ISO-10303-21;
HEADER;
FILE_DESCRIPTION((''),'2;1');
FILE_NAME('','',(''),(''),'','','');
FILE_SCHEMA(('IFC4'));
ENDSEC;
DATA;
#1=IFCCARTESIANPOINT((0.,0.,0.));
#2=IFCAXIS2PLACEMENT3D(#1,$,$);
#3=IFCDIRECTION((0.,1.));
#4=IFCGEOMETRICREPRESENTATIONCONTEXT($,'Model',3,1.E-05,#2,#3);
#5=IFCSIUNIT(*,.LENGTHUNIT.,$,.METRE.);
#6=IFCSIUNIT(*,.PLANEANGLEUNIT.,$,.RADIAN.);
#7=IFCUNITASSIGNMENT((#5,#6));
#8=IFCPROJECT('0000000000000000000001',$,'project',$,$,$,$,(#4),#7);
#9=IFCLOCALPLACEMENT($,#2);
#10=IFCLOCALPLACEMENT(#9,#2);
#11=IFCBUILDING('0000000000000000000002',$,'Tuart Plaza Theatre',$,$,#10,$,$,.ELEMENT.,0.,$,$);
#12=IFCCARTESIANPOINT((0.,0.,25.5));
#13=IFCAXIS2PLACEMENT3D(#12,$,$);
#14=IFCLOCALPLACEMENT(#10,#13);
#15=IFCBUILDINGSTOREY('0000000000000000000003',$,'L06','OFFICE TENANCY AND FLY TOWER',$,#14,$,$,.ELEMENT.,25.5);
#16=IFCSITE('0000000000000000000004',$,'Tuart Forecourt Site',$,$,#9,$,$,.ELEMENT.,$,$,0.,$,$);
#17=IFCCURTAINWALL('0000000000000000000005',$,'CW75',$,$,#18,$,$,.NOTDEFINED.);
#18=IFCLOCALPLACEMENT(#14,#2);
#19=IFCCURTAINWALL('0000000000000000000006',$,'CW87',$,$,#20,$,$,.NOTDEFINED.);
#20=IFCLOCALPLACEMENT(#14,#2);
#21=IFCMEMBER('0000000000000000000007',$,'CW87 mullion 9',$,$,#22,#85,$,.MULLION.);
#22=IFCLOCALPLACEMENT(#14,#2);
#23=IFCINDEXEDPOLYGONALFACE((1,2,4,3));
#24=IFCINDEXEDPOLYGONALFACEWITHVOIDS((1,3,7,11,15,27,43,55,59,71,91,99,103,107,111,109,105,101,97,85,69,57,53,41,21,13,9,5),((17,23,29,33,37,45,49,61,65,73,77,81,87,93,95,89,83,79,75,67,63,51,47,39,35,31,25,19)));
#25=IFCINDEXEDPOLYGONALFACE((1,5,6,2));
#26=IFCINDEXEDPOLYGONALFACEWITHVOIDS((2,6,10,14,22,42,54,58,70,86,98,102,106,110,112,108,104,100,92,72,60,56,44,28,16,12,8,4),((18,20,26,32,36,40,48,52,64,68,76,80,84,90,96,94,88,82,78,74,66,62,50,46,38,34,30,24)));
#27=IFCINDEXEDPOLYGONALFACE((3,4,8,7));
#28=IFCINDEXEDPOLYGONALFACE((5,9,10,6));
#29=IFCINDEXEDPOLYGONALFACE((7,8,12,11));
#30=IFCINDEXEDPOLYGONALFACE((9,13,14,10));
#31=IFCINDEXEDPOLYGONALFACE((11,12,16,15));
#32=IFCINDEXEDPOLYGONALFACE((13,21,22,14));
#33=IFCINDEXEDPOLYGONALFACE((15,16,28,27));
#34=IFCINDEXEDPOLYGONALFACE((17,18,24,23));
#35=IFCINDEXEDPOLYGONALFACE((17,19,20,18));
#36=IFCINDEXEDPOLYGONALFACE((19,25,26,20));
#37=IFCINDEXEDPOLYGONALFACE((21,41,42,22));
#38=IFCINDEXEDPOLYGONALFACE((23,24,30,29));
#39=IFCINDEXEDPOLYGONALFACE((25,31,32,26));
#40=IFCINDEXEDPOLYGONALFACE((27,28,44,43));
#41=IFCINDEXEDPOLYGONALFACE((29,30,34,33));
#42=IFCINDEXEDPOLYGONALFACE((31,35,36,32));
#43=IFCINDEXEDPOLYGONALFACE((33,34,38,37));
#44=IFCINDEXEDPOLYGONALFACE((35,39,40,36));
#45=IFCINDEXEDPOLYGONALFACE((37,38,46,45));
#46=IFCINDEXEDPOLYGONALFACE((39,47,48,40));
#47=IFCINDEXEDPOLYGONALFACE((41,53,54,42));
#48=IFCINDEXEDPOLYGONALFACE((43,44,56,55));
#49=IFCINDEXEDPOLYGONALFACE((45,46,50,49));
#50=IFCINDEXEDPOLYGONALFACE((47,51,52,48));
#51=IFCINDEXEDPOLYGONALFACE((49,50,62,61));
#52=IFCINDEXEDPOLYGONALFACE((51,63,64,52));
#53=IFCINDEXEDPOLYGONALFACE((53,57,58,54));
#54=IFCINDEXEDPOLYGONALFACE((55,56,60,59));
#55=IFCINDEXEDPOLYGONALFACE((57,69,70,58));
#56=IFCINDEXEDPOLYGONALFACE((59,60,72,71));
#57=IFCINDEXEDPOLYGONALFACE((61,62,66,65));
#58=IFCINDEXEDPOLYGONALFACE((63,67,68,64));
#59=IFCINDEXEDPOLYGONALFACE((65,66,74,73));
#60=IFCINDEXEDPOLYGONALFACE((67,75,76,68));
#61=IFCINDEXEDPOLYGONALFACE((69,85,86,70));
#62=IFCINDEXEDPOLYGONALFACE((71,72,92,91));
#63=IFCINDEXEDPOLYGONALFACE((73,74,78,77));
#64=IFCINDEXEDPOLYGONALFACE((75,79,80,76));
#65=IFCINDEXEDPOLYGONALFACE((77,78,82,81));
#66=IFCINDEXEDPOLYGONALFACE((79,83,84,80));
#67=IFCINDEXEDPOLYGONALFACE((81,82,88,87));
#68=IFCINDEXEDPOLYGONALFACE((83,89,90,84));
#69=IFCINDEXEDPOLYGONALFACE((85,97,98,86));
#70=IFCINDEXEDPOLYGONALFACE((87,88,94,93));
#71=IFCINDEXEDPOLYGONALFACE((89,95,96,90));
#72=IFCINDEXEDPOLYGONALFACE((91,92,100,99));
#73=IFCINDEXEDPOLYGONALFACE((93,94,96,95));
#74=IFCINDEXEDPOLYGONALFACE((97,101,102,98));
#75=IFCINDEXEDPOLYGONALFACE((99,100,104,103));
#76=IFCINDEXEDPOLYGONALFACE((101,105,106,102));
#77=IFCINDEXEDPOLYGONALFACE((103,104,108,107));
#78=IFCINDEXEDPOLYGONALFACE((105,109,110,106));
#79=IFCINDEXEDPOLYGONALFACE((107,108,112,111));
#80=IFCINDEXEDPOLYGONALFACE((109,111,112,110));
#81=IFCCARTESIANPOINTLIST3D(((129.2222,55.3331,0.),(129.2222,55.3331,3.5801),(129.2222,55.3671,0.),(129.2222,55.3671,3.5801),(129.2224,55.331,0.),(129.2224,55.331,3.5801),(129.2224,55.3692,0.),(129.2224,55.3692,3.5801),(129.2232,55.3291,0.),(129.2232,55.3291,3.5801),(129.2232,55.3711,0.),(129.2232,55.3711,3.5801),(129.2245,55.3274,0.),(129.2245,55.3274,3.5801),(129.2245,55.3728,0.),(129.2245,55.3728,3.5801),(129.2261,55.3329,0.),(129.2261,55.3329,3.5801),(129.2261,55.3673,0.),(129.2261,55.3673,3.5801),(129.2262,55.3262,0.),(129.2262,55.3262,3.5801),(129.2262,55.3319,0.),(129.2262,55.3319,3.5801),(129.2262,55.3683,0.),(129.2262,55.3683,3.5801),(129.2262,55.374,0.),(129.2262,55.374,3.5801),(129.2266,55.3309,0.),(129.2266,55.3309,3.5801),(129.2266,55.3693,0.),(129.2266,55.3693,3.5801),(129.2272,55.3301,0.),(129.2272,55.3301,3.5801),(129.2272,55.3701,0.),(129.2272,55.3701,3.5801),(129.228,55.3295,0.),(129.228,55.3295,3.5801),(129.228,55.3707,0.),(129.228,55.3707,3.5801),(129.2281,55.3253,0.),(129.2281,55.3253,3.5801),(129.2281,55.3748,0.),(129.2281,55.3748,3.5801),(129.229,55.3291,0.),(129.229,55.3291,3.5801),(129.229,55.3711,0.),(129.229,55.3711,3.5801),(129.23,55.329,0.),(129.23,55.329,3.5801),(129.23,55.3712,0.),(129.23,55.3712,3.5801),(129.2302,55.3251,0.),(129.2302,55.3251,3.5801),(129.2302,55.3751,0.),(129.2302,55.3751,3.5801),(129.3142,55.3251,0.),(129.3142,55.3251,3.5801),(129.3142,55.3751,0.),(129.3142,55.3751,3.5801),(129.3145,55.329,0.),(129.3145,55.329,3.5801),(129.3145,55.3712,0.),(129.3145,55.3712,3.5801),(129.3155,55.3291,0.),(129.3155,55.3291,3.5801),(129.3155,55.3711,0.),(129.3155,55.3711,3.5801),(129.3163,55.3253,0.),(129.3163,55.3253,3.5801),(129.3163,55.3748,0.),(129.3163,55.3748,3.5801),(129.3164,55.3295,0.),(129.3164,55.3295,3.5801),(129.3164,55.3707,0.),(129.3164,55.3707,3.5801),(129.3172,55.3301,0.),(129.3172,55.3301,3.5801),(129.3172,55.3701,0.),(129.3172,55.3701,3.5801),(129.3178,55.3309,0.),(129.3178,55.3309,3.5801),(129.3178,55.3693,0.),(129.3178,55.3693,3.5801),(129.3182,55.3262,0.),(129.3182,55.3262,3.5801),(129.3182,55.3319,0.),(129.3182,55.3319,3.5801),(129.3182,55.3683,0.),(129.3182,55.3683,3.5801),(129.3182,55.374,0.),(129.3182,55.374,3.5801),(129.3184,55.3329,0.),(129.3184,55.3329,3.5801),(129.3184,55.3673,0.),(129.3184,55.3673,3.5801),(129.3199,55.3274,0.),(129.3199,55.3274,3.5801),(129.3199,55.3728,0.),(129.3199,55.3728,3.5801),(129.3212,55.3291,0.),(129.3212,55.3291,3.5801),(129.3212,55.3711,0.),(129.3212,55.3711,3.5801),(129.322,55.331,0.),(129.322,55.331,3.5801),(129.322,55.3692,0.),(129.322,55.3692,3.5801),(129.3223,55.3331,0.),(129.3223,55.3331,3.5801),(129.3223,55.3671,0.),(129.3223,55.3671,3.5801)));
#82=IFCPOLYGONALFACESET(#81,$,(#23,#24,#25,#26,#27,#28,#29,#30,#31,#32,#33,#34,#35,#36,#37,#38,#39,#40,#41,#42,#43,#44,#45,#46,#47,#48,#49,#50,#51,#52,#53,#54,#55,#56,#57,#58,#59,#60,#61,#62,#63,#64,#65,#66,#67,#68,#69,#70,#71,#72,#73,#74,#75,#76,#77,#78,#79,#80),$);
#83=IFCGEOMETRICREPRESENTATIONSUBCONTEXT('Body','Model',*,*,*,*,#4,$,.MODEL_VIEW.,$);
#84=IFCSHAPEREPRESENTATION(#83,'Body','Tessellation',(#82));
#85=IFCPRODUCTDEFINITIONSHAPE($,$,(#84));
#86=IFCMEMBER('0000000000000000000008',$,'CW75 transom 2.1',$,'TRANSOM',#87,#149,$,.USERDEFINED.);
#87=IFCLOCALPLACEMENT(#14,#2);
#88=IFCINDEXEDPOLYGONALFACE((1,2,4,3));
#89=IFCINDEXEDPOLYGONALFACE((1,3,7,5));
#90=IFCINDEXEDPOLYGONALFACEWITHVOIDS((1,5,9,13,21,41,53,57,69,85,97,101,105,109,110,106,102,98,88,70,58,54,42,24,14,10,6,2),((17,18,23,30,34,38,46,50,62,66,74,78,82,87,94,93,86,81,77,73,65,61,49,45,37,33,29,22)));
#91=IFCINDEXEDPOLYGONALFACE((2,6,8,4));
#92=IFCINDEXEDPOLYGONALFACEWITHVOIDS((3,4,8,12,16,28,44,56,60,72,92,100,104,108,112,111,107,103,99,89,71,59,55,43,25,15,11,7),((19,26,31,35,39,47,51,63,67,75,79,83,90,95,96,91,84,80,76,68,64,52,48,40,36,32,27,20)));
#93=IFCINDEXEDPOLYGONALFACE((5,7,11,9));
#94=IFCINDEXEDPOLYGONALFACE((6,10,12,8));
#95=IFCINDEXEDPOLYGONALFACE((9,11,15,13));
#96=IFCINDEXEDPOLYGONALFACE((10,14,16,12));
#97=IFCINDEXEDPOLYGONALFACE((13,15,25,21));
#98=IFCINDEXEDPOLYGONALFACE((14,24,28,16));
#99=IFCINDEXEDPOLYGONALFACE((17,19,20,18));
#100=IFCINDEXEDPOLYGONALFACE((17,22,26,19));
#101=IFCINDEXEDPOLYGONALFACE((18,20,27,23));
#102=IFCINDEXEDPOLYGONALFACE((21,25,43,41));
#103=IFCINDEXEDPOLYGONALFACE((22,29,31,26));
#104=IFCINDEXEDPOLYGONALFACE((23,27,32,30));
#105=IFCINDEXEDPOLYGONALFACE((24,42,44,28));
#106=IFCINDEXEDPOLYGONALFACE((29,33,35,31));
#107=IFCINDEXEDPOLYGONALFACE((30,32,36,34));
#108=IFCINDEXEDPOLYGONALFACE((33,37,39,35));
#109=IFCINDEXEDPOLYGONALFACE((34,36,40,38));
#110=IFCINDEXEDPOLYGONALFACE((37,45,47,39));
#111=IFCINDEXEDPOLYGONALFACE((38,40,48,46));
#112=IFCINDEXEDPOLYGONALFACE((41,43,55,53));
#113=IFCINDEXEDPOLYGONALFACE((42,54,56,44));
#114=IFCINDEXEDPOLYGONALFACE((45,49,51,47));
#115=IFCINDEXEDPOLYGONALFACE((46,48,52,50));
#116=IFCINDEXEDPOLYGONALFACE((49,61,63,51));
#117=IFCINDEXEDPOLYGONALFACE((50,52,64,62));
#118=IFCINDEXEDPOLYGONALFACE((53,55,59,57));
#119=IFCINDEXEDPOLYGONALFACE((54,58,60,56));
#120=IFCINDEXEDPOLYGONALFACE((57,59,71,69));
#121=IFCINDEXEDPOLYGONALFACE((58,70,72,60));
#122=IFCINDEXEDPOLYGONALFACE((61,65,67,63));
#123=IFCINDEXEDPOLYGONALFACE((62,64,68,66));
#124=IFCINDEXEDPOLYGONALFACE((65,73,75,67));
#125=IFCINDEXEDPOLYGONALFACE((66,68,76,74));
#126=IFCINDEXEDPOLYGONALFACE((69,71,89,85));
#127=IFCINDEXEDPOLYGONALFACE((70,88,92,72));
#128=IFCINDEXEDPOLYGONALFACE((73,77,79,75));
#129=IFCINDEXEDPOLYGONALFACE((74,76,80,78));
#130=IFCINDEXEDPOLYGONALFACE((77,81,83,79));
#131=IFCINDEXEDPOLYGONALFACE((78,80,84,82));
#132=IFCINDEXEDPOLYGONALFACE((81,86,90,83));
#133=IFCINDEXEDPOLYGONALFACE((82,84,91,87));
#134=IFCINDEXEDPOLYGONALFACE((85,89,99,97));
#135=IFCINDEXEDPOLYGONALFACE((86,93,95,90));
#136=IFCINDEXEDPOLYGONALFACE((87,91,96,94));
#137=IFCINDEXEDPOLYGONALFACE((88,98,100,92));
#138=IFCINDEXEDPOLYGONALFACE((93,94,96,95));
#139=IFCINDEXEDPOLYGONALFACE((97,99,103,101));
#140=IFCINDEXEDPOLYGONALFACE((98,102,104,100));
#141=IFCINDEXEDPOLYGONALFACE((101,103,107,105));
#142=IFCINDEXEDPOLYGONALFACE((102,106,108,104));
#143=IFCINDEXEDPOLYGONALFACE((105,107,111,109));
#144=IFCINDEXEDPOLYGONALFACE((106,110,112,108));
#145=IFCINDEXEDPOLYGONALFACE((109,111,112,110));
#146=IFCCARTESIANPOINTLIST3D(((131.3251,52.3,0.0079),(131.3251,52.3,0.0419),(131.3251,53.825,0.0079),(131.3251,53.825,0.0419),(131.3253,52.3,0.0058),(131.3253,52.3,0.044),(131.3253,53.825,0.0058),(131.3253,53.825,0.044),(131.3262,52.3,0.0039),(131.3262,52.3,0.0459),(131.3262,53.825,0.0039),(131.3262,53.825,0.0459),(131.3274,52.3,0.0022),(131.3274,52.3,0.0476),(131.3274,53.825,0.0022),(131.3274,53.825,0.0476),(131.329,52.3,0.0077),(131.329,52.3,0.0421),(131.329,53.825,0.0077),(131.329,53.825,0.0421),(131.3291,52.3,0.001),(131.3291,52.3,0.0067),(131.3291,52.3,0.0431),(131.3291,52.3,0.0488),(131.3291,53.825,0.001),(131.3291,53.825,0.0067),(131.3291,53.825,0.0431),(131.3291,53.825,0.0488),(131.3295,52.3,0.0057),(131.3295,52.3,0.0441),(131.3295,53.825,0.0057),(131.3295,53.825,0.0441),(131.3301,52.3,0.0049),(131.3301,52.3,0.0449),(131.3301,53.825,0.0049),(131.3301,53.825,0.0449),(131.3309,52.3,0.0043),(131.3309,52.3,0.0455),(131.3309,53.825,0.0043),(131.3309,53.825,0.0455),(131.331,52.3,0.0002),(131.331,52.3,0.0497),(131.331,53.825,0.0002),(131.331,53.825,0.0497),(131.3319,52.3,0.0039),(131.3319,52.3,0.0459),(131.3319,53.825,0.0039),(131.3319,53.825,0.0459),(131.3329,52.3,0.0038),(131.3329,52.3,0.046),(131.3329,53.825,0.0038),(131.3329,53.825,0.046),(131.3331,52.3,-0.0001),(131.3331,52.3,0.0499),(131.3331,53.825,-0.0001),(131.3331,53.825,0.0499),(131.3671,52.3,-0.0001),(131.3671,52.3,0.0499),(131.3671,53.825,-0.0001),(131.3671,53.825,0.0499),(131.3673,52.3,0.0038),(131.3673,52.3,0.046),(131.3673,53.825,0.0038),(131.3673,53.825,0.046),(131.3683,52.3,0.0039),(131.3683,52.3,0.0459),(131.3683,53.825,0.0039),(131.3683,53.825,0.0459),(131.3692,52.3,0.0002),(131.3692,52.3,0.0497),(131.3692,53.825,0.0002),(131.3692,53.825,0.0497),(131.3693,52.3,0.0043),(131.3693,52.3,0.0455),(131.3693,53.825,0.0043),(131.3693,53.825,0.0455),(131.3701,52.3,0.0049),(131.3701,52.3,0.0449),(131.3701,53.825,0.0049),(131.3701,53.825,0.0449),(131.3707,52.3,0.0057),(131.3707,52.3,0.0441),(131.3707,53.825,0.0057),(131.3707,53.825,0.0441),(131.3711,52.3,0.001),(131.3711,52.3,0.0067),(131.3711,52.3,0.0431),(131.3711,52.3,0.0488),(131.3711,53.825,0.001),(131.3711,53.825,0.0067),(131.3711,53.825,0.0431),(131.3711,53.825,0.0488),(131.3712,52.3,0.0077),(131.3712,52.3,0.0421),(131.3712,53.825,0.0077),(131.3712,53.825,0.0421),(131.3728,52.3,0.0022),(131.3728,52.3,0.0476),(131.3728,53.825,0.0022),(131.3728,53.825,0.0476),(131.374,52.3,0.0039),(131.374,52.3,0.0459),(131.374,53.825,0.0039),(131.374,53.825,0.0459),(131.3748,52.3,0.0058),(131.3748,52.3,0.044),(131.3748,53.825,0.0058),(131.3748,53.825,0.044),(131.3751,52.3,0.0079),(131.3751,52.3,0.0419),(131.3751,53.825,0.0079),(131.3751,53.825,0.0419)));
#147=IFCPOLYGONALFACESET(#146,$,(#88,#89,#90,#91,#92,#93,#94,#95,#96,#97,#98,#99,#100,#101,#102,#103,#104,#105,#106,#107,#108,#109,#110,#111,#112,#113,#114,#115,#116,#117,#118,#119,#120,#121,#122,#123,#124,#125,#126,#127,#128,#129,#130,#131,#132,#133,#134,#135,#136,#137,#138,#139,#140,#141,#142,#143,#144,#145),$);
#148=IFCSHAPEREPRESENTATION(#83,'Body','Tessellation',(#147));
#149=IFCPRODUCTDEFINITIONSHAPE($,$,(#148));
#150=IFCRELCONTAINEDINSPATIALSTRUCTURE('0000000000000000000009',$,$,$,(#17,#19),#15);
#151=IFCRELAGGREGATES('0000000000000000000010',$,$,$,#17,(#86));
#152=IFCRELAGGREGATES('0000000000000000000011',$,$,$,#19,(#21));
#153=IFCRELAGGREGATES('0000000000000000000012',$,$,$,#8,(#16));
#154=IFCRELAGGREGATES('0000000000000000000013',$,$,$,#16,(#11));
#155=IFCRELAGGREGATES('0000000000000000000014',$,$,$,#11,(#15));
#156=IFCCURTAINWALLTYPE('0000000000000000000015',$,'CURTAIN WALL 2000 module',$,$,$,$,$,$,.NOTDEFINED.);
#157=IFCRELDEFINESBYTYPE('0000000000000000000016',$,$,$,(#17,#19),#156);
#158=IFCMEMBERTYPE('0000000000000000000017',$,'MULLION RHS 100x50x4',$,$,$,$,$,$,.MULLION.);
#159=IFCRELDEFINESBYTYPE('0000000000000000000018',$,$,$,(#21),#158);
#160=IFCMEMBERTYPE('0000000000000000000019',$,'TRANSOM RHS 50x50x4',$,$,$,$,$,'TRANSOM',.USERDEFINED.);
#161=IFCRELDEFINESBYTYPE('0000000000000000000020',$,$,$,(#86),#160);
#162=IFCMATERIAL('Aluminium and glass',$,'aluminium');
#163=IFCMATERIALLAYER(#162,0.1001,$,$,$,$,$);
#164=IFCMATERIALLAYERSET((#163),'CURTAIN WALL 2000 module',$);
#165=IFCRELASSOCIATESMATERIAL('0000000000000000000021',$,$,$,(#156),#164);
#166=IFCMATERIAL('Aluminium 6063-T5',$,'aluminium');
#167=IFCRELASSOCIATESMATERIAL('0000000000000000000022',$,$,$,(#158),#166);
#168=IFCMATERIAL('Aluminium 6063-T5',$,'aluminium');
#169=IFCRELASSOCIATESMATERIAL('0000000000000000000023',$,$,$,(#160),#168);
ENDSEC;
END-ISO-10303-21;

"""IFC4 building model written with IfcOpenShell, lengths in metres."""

from ifc_helpers import new_model, si_unit, direction, frame, origin, origin_2d, place, context, subcontext, project, spatial, hollow_rectangle, extrude, material, layer, layer_set, material_profile, profile_set, type_object, element, aggregate, save


model = new_model("IFC4")

# Units and contexts
model_context = context("Model", 3, precision=1e-05, world=origin(), true_north=direction((0.0, 1.0)))
body_context = subcontext(model_context, "Body", "Model", "MODEL_VIEW")
ifc_project = project(units=[si_unit("LENGTHUNIT", "METRE"), si_unit("PLANEANGLEUNIT", "RADIAN")], contexts=[model_context])

# Site, building, storey
site_placement = place(None, origin())
site = spatial("IfcSite", under=ifc_project, at=site_placement, Name="Tuart Forecourt Site", CompositionType="ELEMENT", RefElevation=0.0)
building_placement = place(site_placement, origin())
building = spatial("IfcBuilding", under=site, at=building_placement, Name="Tuart Plaza Theatre", CompositionType="ELEMENT", ElevationOfRefHeight=0.0)
storey_placement = place(building_placement, frame((0.0, 0.0, 25.5)))
storey = spatial("IfcBuildingStorey", under=building, at=storey_placement, Name="L06", Description="OFFICE TENANCY AND FLY TOWER", CompositionType="ELEMENT", Elevation=25.5)

# Curtain wall
ifc_material_1 = material(Name="Aluminium and glass", Category="aluminium")
ifc_layer_1 = layer(ifc_material_1, 0.1001)
ifc_layer_set_1 = layer_set([ifc_layer_1], Name="CURTAIN WALL 2000 module")
curtain_wall_type = type_object("IfcCurtainWallType", Name="CURTAIN WALL 2000 module", PredefinedType="NOTDEFINED", material=ifc_layer_set_1)
curtain_wall_1_placement = place(storey_placement, origin())
curtain_wall_1 = element("IfcCurtainWall", 1, at=curtain_wall_1_placement, inside=storey, type_object=curtain_wall_type, Name="CW75", PredefinedType="NOTDEFINED")
ifc_material_2 = material(Name="Aluminium 6063-T5", Category="aluminium")
ifc_material_profile_1 = material_profile(ifc_material_2, hollow_rectangle(XDim=0.05, YDim=0.1001, WallThickness=0.0039, InnerFilletRadius=0.0039, OuterFilletRadius=0.0081, at=origin_2d()), Name="RHS 100x50x4")
ifc_profile_set_1 = profile_set([ifc_material_profile_1], Name="Aluminium 6063-T5")
member_type_1 = type_object("IfcMemberType", Name="MULLION RHS 100x50x4", PredefinedType="MULLION", material=ifc_profile_set_1)

# Curtain wall, member
curtain_wall_2_placement = place(storey_placement, origin())
curtain_wall_2 = element("IfcCurtainWall", 2, at=curtain_wall_2_placement, inside=storey, type_object=curtain_wall_type, Name="CW87", PredefinedType="NOTDEFINED")
member_1_placement = place(storey_placement, frame((129.2722, 55.3501, 0.0), z_axis=(0.0, 0.0, 1.0), x_axis=(0.0, 1.0, 0.0)))
member_1 = element("IfcMember", 3, at=member_1_placement, type_object=member_type_1, Name="CW87 mullion 9", PredefinedType="MULLION", context=body_context, shape_type="SweptSolid", body=[
    extrude(hollow_rectangle(XDim=0.05, YDim=0.1001, WallThickness=0.0039, InnerFilletRadius=0.0039, OuterFilletRadius=0.0081, at=origin_2d()), origin(), (0.0, 0.0, 1.0), 3.5801),
])

# Member
ifc_material_3 = material(Name="Aluminium 6063-T5", Category="aluminium")
ifc_material_profile_2 = material_profile(ifc_material_3, hollow_rectangle(XDim=0.05, YDim=0.05, WallThickness=0.0039, InnerFilletRadius=0.0039, OuterFilletRadius=0.0081, at=origin_2d()), Name="RHS 50x50x4")
ifc_profile_set_2 = profile_set([ifc_material_profile_2], Name="Aluminium 6063-T5")
member_type_2 = type_object("IfcMemberType", Name="TRANSOM RHS 50x50x4", ElementType="TRANSOM", PredefinedType="USERDEFINED", material=ifc_profile_set_2)
member_2_placement = place(storey_placement, frame((131.3501, 53.825, 0.0249), z_axis=(0.0, -1.0, 0.0), x_axis=(1.0, 0.0, 0.0)))
member_2 = element("IfcMember", 4, at=member_2_placement, type_object=member_type_2, Name="CW75 transom 2.1", ObjectType="TRANSOM", PredefinedType="USERDEFINED", context=body_context, shape_type="SweptSolid", body=[
    extrude(hollow_rectangle(XDim=0.05, YDim=0.05, WallThickness=0.0039, InnerFilletRadius=0.0039, OuterFilletRadius=0.0081, at=origin_2d()), origin(), (0.0, 0.0, 1.0), 1.5249),
])

aggregate(curtain_wall_1, [member_2])
aggregate(curtain_wall_2, [member_1])

save(model, "model.ifc")
